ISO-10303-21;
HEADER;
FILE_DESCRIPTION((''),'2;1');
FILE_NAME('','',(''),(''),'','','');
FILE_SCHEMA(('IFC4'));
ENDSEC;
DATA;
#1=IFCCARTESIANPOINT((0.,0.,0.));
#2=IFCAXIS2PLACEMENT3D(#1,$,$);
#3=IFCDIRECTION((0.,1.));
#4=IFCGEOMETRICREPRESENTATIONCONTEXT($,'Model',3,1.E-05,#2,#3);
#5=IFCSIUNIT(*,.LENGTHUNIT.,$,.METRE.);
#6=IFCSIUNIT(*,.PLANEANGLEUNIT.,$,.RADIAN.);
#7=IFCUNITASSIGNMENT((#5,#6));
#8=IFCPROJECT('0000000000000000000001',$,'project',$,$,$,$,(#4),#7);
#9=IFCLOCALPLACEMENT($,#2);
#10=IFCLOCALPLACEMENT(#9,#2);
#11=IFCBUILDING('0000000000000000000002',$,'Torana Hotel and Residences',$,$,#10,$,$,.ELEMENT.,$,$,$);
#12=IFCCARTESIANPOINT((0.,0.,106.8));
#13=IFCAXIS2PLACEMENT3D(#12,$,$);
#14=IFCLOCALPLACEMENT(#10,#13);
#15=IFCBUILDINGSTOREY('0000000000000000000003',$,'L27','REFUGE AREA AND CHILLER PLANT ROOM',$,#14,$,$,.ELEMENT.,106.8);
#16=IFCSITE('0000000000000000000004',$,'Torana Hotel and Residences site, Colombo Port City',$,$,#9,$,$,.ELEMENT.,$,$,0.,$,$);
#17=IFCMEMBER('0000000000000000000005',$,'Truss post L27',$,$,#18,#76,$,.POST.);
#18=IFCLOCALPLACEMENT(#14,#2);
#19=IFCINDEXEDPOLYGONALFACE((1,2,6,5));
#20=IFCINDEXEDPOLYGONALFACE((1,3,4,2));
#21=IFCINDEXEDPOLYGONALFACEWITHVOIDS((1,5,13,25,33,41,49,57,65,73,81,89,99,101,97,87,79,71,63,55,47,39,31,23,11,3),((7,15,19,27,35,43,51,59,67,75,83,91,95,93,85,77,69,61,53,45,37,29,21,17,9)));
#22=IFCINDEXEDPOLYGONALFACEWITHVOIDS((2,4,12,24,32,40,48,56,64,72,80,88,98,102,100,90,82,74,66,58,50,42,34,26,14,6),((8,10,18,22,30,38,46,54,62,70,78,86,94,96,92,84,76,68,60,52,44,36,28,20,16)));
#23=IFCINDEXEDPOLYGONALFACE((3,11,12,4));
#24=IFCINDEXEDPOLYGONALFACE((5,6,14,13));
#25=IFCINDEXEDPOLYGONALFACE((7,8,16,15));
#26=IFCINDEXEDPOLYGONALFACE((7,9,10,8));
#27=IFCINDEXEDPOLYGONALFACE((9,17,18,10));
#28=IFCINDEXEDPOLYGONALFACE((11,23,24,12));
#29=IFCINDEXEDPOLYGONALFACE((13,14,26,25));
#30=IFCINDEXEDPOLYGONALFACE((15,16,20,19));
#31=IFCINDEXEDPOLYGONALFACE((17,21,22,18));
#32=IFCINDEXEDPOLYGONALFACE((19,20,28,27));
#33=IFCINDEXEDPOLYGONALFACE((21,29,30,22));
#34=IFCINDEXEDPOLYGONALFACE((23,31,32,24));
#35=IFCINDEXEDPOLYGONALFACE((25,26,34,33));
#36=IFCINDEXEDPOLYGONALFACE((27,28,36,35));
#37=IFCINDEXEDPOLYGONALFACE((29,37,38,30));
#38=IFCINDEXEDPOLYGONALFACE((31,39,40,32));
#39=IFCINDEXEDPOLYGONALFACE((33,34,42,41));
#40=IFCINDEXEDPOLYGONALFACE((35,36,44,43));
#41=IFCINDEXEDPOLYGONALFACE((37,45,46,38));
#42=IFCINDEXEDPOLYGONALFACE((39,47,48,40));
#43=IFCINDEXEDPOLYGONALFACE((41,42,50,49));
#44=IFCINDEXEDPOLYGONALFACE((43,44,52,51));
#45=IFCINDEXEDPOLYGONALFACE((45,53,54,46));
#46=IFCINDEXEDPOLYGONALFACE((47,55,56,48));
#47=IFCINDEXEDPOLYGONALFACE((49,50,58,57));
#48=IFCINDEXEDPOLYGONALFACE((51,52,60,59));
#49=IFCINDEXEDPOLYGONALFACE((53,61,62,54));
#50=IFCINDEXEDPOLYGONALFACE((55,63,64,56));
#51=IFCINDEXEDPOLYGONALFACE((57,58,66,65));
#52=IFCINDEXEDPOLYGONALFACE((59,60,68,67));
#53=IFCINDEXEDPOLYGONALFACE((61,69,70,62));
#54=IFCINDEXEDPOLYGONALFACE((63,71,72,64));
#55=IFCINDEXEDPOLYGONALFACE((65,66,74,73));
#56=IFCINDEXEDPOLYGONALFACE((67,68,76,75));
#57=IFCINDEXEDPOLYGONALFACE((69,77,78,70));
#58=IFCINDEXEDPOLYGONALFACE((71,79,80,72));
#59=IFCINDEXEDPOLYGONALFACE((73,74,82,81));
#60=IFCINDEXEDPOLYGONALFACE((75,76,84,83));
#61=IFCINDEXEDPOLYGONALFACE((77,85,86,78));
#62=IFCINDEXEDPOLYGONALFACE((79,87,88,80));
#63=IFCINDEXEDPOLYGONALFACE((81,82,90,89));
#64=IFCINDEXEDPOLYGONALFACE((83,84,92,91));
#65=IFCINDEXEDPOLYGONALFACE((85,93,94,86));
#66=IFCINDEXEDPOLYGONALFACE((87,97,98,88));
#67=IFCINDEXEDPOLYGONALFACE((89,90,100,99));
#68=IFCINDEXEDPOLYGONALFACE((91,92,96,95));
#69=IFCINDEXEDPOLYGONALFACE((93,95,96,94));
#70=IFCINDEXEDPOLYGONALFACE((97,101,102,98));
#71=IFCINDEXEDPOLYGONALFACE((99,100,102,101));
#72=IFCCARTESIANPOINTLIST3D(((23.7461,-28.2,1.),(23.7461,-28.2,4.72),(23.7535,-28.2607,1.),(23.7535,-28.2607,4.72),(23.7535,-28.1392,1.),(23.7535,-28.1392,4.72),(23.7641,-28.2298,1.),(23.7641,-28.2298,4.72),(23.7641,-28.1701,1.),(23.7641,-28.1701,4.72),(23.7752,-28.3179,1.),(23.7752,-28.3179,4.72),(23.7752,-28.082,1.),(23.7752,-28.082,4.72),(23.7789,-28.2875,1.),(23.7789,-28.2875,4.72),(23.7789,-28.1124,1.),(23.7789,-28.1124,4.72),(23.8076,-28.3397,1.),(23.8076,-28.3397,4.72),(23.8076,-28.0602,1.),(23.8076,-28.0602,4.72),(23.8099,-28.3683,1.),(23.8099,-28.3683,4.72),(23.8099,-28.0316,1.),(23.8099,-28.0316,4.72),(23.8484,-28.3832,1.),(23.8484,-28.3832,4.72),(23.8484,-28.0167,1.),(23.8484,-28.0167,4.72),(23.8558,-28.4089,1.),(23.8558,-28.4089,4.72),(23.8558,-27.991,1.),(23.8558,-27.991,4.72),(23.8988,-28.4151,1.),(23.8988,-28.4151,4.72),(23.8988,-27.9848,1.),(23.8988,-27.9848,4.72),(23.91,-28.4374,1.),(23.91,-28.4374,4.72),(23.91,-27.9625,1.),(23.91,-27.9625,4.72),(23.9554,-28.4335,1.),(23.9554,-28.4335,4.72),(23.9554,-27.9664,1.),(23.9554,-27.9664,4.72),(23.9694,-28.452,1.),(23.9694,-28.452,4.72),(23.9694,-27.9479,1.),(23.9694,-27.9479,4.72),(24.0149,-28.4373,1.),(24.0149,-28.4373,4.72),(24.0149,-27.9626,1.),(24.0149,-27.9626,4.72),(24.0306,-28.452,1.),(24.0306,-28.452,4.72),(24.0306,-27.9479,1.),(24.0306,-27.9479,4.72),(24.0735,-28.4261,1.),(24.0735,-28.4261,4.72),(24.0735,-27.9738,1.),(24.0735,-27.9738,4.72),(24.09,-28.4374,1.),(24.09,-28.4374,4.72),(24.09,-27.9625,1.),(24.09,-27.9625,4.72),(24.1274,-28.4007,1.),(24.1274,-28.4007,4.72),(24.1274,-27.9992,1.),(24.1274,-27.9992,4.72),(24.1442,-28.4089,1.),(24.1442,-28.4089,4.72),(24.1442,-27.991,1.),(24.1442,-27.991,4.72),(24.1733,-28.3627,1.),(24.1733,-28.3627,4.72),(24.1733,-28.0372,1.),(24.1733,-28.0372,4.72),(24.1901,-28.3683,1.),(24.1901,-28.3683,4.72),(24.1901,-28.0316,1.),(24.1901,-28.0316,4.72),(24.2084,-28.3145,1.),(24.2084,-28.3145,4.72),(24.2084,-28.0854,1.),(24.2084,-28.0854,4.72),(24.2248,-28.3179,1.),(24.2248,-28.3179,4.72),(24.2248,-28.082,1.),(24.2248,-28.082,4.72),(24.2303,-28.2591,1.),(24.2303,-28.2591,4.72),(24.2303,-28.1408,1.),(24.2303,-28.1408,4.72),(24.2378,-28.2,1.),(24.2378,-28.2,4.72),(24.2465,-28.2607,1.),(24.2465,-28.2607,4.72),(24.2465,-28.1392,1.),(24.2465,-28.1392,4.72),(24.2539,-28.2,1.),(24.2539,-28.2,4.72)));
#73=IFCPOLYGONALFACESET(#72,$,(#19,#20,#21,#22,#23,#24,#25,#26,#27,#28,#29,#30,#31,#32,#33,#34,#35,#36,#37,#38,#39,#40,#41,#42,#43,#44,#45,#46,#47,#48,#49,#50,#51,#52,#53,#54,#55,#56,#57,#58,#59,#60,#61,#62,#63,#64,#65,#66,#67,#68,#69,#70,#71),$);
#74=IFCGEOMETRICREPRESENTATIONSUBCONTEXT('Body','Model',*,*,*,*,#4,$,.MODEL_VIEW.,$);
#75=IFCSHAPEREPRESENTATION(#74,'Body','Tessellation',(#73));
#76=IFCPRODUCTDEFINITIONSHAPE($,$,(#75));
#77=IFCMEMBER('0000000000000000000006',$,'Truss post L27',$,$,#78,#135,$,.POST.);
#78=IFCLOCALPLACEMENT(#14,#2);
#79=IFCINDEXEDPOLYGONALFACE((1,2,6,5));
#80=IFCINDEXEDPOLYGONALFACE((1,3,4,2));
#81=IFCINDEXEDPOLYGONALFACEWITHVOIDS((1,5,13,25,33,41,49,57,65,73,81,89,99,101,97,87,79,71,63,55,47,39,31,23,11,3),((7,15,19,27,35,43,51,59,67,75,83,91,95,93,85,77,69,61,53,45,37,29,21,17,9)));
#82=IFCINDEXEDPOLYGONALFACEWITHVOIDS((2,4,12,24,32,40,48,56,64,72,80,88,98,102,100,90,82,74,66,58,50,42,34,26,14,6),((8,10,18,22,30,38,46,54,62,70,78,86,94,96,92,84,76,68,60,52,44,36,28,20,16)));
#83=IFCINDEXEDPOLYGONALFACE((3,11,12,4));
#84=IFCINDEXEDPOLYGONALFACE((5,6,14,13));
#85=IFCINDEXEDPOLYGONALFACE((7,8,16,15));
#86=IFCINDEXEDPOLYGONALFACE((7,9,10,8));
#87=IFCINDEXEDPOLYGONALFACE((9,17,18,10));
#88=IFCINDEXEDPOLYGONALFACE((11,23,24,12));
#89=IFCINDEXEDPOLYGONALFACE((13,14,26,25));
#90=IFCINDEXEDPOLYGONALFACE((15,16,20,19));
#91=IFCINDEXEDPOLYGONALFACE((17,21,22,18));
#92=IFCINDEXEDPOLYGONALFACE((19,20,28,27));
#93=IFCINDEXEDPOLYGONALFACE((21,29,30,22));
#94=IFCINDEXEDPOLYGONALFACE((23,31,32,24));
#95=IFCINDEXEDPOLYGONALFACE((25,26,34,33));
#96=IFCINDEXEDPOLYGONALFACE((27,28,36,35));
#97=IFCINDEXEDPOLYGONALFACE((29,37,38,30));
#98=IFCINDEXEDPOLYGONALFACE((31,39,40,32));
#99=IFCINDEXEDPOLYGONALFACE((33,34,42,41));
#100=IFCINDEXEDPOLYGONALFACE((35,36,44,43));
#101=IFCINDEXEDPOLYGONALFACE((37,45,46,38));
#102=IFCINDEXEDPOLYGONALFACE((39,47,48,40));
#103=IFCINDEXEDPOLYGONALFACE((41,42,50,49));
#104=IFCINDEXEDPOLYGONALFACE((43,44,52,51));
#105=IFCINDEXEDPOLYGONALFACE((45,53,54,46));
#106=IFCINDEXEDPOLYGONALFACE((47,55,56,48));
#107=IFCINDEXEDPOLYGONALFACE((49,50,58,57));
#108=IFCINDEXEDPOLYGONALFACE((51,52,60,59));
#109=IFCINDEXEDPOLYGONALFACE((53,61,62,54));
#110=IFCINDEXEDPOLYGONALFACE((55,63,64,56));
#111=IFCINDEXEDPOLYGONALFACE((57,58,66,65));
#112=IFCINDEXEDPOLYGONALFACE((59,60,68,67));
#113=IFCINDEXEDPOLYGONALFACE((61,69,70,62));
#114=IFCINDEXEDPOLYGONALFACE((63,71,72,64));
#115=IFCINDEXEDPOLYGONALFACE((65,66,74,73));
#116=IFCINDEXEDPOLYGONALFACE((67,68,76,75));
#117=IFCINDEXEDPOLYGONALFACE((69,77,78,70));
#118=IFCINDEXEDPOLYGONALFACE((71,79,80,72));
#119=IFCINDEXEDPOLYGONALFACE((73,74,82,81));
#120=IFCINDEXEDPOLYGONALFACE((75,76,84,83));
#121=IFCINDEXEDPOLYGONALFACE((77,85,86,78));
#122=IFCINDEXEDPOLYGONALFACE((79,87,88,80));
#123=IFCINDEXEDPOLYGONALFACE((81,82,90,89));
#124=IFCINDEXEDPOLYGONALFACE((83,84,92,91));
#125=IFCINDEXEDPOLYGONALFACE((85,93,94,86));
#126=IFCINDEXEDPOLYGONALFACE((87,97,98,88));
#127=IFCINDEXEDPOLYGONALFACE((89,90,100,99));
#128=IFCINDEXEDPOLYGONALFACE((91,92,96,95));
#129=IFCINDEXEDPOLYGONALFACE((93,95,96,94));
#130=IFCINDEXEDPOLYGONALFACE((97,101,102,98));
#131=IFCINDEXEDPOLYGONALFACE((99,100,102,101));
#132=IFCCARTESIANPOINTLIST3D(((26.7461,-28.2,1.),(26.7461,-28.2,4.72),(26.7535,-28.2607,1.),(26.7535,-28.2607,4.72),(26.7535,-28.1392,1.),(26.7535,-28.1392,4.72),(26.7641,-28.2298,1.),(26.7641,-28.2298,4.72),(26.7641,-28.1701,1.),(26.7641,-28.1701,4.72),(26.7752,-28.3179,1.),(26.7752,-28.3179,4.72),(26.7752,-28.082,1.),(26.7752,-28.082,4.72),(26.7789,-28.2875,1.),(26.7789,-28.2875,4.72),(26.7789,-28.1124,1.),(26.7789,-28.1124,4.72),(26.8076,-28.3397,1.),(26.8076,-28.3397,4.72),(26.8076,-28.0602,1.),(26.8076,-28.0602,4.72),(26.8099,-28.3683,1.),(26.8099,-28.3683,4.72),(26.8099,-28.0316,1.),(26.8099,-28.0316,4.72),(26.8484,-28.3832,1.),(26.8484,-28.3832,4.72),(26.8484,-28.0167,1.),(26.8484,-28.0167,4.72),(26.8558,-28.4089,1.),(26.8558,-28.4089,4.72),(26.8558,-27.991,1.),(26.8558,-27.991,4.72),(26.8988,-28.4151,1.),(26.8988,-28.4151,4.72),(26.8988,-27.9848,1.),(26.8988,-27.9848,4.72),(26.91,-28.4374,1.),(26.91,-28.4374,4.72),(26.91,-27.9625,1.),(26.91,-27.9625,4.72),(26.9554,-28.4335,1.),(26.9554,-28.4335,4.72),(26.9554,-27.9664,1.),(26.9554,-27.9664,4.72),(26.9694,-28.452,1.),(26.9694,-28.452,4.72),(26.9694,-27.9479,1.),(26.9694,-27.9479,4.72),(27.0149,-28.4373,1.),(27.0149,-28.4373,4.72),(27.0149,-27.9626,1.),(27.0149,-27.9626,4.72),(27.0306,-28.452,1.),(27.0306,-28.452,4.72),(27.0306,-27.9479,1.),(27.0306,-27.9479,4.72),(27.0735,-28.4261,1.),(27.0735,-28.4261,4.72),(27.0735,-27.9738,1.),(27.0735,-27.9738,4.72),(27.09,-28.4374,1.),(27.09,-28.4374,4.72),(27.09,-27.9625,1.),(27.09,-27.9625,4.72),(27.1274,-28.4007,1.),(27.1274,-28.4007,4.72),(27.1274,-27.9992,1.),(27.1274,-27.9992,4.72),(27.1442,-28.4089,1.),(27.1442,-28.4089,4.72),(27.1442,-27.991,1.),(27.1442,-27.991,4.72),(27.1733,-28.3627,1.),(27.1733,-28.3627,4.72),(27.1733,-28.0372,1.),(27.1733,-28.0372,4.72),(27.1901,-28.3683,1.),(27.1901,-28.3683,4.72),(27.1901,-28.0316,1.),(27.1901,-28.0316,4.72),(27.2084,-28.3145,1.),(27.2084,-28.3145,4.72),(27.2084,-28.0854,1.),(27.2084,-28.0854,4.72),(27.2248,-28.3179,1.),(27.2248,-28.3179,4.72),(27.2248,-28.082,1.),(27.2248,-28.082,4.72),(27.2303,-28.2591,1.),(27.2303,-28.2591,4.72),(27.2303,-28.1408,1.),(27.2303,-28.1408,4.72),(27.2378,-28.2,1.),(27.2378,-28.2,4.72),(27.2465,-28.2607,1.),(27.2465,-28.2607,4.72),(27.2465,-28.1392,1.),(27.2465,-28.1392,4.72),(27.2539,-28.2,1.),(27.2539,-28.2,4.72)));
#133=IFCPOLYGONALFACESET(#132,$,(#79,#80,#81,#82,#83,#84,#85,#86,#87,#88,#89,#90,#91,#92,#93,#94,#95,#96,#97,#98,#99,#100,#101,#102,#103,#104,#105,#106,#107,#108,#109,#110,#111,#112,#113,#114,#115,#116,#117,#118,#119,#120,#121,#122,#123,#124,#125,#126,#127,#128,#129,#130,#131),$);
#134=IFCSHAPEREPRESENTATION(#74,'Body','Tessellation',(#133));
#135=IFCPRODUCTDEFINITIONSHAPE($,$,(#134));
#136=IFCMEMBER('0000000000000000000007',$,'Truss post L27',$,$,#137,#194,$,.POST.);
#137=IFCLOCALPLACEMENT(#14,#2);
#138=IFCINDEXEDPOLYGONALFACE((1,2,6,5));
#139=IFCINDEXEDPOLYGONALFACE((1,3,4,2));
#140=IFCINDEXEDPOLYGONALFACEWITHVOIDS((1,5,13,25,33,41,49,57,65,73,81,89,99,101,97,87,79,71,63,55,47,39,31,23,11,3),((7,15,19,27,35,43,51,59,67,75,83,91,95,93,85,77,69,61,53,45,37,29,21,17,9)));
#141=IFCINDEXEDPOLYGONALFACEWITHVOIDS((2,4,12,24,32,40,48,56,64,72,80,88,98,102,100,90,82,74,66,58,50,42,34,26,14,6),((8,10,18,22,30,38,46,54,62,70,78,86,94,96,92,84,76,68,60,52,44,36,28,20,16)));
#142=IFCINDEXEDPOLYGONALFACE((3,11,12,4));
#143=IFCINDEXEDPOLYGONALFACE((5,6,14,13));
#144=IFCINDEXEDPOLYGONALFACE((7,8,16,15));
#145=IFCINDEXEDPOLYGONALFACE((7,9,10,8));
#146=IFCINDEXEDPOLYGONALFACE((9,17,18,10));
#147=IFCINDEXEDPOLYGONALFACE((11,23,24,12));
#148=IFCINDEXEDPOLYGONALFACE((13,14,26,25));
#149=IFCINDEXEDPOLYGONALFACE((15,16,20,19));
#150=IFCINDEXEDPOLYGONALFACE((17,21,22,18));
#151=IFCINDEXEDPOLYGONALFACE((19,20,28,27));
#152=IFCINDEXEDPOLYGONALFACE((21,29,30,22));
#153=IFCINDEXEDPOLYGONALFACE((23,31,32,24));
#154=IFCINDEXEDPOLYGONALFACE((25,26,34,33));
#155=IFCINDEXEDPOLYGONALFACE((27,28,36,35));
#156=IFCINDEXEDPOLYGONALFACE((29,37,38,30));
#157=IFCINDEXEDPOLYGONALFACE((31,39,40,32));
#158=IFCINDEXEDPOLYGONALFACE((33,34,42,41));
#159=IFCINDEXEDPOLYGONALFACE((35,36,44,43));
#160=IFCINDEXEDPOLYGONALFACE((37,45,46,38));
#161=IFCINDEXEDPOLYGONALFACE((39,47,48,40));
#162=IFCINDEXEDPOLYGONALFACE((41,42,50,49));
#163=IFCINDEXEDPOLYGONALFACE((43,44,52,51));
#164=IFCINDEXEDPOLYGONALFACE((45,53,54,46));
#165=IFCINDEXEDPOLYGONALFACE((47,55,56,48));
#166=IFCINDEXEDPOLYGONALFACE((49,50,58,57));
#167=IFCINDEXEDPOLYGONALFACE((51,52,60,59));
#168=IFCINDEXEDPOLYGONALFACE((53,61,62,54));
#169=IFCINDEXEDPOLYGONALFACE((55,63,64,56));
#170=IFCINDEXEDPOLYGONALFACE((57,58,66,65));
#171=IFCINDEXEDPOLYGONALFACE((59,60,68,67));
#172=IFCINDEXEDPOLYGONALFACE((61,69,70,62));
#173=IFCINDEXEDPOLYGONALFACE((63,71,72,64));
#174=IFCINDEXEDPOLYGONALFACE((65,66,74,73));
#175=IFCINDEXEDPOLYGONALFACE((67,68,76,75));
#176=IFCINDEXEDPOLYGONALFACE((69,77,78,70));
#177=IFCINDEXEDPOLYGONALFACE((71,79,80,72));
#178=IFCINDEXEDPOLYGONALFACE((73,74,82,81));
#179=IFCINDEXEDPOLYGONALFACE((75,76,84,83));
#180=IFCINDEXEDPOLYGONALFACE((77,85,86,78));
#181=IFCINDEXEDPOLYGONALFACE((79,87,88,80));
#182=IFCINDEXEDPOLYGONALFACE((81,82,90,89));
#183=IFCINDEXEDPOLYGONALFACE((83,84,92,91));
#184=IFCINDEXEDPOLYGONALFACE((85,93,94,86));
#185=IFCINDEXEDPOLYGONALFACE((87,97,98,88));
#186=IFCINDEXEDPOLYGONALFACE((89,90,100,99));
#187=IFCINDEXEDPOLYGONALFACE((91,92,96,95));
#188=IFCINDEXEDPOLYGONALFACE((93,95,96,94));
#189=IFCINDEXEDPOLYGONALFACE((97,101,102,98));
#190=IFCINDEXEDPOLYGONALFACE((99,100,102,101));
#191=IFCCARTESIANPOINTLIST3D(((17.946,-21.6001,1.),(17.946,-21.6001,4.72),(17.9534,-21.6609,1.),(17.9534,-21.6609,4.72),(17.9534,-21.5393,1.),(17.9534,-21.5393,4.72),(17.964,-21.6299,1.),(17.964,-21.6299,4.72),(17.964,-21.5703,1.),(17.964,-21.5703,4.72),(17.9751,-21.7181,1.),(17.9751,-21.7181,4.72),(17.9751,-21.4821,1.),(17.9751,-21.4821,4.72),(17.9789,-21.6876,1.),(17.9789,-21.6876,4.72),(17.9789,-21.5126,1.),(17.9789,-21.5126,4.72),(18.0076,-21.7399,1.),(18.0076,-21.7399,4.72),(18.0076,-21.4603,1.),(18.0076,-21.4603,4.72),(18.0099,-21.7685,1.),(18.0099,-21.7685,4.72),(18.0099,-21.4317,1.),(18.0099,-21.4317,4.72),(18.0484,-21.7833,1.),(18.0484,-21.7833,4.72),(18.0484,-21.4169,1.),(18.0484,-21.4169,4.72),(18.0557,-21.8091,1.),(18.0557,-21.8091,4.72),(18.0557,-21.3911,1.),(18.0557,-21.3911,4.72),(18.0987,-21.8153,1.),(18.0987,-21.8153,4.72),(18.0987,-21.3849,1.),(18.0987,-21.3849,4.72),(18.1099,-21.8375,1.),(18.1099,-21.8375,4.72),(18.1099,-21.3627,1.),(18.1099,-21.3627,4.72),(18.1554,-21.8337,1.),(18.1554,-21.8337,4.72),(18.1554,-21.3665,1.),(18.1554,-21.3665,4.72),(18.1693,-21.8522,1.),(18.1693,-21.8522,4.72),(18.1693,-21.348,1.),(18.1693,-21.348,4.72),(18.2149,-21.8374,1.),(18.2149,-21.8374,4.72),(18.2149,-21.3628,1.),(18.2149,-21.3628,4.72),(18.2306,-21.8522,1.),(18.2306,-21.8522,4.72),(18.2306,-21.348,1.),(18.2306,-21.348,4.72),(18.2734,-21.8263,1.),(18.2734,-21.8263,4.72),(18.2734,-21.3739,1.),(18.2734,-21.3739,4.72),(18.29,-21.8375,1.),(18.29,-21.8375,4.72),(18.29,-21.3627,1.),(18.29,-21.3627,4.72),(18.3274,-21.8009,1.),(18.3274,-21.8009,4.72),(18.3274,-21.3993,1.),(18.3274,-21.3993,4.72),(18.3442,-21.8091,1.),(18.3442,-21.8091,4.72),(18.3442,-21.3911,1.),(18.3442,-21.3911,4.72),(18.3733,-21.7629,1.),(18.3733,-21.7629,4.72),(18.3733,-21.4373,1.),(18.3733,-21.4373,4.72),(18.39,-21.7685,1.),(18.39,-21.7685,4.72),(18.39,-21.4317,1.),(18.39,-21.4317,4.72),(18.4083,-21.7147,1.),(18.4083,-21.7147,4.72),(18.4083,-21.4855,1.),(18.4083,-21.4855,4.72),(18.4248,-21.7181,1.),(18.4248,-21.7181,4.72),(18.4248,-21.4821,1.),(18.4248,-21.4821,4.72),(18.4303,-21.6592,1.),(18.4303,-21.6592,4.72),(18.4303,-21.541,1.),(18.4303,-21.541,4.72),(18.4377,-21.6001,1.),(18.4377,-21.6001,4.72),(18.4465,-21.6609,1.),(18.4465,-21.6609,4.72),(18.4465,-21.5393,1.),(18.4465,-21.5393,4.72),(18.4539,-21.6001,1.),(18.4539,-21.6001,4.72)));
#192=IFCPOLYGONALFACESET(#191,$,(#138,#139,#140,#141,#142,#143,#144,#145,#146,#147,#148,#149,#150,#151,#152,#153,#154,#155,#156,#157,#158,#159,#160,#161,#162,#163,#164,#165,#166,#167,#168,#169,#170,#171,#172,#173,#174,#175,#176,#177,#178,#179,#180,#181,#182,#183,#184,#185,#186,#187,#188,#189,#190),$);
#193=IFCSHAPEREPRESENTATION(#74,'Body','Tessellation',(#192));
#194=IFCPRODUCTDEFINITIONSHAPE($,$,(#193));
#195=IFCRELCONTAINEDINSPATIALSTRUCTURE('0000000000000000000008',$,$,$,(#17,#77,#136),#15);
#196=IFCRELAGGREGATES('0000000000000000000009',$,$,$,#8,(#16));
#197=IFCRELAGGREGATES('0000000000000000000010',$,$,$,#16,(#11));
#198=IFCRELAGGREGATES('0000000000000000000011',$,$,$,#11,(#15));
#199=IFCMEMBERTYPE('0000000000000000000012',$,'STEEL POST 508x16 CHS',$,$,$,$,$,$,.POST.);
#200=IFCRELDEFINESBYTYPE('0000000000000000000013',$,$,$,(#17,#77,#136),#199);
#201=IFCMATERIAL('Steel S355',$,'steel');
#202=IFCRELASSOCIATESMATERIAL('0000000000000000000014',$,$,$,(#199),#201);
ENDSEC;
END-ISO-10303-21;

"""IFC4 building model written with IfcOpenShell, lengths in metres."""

from ifc_helpers import new_model, si_unit, direction, frame, origin, origin_2d, place, context, subcontext, project, spatial, hollow_circle, extrude, material, material_profile, profile_set, type_object, element, save


model = new_model("IFC4")

# Units and contexts
model_context = context("Model", 3, precision=1e-05, world=origin(), true_north=direction((0.0, 1.0)))
body_context = subcontext(model_context, "Body", "Model", "MODEL_VIEW")
ifc_project = project(units=[si_unit("LENGTHUNIT", "METRE"), si_unit("PLANEANGLEUNIT", "RADIAN")], contexts=[model_context])

# Site, building, storey
site_placement = place(None, origin())
site = spatial("IfcSite", under=ifc_project, at=site_placement, Name="Torana Hotel and Residences site, Colombo Port City", CompositionType="ELEMENT", RefElevation=0.0)
building_placement = place(site_placement, origin())
building = spatial("IfcBuilding", under=site, at=building_placement, Name="Torana Hotel and Residences", CompositionType="ELEMENT")
storey_placement = place(building_placement, frame((0.0, 0.0, 106.8)))
storey = spatial("IfcBuildingStorey", under=building, at=storey_placement, Name="L27", Description="REFUGE AREA AND CHILLER PLANT ROOM", CompositionType="ELEMENT", Elevation=106.8)

# Members
ifc_material_1 = material(Name="Steel S355", Category="steel")
ifc_material_profile_1 = material_profile(ifc_material_1, hollow_circle(Radius=0.2539, WallThickness=0.0161, at=origin_2d()), Name="508x16 CHS")
ifc_profile_set_1 = profile_set([ifc_material_profile_1], Name="Steel S355")
member_type_1 = type_object("IfcMemberType", Name="STEEL POST 508x16 CHS", PredefinedType="POST", material=ifc_profile_set_1)
for number, where, z_axis, x_axis, name in (
    (1, (24.0, -28.2, 1.0), (0.0, 0.0, 1.0), (1.0, 0.0, 0.0), "Truss post L27"),
    (2, (27.0, -28.2, 1.0), (0.0, 0.0, 1.0), (1.0, 0.0, 0.0), "Truss post L27"),
    (3, (18.2, -21.6001, 1.0), (0.0, 0.0, 1.0), (1.0, 0.0, 0.0), "Truss post L27"),
):
    element("IfcMember", number, at=place(storey_placement, frame(where, z_axis=z_axis, x_axis=x_axis)), inside=storey, type_object=member_type_1, Name=name, PredefinedType="POST", context=body_context, shape_type="SweptSolid", body=[
        extrude(hollow_circle(Radius=0.2539, WallThickness=0.0161, at=origin_2d()), origin(), (0.0, 0.0, 1.0), 3.72),
    ])

save(model, "model.ifc")
